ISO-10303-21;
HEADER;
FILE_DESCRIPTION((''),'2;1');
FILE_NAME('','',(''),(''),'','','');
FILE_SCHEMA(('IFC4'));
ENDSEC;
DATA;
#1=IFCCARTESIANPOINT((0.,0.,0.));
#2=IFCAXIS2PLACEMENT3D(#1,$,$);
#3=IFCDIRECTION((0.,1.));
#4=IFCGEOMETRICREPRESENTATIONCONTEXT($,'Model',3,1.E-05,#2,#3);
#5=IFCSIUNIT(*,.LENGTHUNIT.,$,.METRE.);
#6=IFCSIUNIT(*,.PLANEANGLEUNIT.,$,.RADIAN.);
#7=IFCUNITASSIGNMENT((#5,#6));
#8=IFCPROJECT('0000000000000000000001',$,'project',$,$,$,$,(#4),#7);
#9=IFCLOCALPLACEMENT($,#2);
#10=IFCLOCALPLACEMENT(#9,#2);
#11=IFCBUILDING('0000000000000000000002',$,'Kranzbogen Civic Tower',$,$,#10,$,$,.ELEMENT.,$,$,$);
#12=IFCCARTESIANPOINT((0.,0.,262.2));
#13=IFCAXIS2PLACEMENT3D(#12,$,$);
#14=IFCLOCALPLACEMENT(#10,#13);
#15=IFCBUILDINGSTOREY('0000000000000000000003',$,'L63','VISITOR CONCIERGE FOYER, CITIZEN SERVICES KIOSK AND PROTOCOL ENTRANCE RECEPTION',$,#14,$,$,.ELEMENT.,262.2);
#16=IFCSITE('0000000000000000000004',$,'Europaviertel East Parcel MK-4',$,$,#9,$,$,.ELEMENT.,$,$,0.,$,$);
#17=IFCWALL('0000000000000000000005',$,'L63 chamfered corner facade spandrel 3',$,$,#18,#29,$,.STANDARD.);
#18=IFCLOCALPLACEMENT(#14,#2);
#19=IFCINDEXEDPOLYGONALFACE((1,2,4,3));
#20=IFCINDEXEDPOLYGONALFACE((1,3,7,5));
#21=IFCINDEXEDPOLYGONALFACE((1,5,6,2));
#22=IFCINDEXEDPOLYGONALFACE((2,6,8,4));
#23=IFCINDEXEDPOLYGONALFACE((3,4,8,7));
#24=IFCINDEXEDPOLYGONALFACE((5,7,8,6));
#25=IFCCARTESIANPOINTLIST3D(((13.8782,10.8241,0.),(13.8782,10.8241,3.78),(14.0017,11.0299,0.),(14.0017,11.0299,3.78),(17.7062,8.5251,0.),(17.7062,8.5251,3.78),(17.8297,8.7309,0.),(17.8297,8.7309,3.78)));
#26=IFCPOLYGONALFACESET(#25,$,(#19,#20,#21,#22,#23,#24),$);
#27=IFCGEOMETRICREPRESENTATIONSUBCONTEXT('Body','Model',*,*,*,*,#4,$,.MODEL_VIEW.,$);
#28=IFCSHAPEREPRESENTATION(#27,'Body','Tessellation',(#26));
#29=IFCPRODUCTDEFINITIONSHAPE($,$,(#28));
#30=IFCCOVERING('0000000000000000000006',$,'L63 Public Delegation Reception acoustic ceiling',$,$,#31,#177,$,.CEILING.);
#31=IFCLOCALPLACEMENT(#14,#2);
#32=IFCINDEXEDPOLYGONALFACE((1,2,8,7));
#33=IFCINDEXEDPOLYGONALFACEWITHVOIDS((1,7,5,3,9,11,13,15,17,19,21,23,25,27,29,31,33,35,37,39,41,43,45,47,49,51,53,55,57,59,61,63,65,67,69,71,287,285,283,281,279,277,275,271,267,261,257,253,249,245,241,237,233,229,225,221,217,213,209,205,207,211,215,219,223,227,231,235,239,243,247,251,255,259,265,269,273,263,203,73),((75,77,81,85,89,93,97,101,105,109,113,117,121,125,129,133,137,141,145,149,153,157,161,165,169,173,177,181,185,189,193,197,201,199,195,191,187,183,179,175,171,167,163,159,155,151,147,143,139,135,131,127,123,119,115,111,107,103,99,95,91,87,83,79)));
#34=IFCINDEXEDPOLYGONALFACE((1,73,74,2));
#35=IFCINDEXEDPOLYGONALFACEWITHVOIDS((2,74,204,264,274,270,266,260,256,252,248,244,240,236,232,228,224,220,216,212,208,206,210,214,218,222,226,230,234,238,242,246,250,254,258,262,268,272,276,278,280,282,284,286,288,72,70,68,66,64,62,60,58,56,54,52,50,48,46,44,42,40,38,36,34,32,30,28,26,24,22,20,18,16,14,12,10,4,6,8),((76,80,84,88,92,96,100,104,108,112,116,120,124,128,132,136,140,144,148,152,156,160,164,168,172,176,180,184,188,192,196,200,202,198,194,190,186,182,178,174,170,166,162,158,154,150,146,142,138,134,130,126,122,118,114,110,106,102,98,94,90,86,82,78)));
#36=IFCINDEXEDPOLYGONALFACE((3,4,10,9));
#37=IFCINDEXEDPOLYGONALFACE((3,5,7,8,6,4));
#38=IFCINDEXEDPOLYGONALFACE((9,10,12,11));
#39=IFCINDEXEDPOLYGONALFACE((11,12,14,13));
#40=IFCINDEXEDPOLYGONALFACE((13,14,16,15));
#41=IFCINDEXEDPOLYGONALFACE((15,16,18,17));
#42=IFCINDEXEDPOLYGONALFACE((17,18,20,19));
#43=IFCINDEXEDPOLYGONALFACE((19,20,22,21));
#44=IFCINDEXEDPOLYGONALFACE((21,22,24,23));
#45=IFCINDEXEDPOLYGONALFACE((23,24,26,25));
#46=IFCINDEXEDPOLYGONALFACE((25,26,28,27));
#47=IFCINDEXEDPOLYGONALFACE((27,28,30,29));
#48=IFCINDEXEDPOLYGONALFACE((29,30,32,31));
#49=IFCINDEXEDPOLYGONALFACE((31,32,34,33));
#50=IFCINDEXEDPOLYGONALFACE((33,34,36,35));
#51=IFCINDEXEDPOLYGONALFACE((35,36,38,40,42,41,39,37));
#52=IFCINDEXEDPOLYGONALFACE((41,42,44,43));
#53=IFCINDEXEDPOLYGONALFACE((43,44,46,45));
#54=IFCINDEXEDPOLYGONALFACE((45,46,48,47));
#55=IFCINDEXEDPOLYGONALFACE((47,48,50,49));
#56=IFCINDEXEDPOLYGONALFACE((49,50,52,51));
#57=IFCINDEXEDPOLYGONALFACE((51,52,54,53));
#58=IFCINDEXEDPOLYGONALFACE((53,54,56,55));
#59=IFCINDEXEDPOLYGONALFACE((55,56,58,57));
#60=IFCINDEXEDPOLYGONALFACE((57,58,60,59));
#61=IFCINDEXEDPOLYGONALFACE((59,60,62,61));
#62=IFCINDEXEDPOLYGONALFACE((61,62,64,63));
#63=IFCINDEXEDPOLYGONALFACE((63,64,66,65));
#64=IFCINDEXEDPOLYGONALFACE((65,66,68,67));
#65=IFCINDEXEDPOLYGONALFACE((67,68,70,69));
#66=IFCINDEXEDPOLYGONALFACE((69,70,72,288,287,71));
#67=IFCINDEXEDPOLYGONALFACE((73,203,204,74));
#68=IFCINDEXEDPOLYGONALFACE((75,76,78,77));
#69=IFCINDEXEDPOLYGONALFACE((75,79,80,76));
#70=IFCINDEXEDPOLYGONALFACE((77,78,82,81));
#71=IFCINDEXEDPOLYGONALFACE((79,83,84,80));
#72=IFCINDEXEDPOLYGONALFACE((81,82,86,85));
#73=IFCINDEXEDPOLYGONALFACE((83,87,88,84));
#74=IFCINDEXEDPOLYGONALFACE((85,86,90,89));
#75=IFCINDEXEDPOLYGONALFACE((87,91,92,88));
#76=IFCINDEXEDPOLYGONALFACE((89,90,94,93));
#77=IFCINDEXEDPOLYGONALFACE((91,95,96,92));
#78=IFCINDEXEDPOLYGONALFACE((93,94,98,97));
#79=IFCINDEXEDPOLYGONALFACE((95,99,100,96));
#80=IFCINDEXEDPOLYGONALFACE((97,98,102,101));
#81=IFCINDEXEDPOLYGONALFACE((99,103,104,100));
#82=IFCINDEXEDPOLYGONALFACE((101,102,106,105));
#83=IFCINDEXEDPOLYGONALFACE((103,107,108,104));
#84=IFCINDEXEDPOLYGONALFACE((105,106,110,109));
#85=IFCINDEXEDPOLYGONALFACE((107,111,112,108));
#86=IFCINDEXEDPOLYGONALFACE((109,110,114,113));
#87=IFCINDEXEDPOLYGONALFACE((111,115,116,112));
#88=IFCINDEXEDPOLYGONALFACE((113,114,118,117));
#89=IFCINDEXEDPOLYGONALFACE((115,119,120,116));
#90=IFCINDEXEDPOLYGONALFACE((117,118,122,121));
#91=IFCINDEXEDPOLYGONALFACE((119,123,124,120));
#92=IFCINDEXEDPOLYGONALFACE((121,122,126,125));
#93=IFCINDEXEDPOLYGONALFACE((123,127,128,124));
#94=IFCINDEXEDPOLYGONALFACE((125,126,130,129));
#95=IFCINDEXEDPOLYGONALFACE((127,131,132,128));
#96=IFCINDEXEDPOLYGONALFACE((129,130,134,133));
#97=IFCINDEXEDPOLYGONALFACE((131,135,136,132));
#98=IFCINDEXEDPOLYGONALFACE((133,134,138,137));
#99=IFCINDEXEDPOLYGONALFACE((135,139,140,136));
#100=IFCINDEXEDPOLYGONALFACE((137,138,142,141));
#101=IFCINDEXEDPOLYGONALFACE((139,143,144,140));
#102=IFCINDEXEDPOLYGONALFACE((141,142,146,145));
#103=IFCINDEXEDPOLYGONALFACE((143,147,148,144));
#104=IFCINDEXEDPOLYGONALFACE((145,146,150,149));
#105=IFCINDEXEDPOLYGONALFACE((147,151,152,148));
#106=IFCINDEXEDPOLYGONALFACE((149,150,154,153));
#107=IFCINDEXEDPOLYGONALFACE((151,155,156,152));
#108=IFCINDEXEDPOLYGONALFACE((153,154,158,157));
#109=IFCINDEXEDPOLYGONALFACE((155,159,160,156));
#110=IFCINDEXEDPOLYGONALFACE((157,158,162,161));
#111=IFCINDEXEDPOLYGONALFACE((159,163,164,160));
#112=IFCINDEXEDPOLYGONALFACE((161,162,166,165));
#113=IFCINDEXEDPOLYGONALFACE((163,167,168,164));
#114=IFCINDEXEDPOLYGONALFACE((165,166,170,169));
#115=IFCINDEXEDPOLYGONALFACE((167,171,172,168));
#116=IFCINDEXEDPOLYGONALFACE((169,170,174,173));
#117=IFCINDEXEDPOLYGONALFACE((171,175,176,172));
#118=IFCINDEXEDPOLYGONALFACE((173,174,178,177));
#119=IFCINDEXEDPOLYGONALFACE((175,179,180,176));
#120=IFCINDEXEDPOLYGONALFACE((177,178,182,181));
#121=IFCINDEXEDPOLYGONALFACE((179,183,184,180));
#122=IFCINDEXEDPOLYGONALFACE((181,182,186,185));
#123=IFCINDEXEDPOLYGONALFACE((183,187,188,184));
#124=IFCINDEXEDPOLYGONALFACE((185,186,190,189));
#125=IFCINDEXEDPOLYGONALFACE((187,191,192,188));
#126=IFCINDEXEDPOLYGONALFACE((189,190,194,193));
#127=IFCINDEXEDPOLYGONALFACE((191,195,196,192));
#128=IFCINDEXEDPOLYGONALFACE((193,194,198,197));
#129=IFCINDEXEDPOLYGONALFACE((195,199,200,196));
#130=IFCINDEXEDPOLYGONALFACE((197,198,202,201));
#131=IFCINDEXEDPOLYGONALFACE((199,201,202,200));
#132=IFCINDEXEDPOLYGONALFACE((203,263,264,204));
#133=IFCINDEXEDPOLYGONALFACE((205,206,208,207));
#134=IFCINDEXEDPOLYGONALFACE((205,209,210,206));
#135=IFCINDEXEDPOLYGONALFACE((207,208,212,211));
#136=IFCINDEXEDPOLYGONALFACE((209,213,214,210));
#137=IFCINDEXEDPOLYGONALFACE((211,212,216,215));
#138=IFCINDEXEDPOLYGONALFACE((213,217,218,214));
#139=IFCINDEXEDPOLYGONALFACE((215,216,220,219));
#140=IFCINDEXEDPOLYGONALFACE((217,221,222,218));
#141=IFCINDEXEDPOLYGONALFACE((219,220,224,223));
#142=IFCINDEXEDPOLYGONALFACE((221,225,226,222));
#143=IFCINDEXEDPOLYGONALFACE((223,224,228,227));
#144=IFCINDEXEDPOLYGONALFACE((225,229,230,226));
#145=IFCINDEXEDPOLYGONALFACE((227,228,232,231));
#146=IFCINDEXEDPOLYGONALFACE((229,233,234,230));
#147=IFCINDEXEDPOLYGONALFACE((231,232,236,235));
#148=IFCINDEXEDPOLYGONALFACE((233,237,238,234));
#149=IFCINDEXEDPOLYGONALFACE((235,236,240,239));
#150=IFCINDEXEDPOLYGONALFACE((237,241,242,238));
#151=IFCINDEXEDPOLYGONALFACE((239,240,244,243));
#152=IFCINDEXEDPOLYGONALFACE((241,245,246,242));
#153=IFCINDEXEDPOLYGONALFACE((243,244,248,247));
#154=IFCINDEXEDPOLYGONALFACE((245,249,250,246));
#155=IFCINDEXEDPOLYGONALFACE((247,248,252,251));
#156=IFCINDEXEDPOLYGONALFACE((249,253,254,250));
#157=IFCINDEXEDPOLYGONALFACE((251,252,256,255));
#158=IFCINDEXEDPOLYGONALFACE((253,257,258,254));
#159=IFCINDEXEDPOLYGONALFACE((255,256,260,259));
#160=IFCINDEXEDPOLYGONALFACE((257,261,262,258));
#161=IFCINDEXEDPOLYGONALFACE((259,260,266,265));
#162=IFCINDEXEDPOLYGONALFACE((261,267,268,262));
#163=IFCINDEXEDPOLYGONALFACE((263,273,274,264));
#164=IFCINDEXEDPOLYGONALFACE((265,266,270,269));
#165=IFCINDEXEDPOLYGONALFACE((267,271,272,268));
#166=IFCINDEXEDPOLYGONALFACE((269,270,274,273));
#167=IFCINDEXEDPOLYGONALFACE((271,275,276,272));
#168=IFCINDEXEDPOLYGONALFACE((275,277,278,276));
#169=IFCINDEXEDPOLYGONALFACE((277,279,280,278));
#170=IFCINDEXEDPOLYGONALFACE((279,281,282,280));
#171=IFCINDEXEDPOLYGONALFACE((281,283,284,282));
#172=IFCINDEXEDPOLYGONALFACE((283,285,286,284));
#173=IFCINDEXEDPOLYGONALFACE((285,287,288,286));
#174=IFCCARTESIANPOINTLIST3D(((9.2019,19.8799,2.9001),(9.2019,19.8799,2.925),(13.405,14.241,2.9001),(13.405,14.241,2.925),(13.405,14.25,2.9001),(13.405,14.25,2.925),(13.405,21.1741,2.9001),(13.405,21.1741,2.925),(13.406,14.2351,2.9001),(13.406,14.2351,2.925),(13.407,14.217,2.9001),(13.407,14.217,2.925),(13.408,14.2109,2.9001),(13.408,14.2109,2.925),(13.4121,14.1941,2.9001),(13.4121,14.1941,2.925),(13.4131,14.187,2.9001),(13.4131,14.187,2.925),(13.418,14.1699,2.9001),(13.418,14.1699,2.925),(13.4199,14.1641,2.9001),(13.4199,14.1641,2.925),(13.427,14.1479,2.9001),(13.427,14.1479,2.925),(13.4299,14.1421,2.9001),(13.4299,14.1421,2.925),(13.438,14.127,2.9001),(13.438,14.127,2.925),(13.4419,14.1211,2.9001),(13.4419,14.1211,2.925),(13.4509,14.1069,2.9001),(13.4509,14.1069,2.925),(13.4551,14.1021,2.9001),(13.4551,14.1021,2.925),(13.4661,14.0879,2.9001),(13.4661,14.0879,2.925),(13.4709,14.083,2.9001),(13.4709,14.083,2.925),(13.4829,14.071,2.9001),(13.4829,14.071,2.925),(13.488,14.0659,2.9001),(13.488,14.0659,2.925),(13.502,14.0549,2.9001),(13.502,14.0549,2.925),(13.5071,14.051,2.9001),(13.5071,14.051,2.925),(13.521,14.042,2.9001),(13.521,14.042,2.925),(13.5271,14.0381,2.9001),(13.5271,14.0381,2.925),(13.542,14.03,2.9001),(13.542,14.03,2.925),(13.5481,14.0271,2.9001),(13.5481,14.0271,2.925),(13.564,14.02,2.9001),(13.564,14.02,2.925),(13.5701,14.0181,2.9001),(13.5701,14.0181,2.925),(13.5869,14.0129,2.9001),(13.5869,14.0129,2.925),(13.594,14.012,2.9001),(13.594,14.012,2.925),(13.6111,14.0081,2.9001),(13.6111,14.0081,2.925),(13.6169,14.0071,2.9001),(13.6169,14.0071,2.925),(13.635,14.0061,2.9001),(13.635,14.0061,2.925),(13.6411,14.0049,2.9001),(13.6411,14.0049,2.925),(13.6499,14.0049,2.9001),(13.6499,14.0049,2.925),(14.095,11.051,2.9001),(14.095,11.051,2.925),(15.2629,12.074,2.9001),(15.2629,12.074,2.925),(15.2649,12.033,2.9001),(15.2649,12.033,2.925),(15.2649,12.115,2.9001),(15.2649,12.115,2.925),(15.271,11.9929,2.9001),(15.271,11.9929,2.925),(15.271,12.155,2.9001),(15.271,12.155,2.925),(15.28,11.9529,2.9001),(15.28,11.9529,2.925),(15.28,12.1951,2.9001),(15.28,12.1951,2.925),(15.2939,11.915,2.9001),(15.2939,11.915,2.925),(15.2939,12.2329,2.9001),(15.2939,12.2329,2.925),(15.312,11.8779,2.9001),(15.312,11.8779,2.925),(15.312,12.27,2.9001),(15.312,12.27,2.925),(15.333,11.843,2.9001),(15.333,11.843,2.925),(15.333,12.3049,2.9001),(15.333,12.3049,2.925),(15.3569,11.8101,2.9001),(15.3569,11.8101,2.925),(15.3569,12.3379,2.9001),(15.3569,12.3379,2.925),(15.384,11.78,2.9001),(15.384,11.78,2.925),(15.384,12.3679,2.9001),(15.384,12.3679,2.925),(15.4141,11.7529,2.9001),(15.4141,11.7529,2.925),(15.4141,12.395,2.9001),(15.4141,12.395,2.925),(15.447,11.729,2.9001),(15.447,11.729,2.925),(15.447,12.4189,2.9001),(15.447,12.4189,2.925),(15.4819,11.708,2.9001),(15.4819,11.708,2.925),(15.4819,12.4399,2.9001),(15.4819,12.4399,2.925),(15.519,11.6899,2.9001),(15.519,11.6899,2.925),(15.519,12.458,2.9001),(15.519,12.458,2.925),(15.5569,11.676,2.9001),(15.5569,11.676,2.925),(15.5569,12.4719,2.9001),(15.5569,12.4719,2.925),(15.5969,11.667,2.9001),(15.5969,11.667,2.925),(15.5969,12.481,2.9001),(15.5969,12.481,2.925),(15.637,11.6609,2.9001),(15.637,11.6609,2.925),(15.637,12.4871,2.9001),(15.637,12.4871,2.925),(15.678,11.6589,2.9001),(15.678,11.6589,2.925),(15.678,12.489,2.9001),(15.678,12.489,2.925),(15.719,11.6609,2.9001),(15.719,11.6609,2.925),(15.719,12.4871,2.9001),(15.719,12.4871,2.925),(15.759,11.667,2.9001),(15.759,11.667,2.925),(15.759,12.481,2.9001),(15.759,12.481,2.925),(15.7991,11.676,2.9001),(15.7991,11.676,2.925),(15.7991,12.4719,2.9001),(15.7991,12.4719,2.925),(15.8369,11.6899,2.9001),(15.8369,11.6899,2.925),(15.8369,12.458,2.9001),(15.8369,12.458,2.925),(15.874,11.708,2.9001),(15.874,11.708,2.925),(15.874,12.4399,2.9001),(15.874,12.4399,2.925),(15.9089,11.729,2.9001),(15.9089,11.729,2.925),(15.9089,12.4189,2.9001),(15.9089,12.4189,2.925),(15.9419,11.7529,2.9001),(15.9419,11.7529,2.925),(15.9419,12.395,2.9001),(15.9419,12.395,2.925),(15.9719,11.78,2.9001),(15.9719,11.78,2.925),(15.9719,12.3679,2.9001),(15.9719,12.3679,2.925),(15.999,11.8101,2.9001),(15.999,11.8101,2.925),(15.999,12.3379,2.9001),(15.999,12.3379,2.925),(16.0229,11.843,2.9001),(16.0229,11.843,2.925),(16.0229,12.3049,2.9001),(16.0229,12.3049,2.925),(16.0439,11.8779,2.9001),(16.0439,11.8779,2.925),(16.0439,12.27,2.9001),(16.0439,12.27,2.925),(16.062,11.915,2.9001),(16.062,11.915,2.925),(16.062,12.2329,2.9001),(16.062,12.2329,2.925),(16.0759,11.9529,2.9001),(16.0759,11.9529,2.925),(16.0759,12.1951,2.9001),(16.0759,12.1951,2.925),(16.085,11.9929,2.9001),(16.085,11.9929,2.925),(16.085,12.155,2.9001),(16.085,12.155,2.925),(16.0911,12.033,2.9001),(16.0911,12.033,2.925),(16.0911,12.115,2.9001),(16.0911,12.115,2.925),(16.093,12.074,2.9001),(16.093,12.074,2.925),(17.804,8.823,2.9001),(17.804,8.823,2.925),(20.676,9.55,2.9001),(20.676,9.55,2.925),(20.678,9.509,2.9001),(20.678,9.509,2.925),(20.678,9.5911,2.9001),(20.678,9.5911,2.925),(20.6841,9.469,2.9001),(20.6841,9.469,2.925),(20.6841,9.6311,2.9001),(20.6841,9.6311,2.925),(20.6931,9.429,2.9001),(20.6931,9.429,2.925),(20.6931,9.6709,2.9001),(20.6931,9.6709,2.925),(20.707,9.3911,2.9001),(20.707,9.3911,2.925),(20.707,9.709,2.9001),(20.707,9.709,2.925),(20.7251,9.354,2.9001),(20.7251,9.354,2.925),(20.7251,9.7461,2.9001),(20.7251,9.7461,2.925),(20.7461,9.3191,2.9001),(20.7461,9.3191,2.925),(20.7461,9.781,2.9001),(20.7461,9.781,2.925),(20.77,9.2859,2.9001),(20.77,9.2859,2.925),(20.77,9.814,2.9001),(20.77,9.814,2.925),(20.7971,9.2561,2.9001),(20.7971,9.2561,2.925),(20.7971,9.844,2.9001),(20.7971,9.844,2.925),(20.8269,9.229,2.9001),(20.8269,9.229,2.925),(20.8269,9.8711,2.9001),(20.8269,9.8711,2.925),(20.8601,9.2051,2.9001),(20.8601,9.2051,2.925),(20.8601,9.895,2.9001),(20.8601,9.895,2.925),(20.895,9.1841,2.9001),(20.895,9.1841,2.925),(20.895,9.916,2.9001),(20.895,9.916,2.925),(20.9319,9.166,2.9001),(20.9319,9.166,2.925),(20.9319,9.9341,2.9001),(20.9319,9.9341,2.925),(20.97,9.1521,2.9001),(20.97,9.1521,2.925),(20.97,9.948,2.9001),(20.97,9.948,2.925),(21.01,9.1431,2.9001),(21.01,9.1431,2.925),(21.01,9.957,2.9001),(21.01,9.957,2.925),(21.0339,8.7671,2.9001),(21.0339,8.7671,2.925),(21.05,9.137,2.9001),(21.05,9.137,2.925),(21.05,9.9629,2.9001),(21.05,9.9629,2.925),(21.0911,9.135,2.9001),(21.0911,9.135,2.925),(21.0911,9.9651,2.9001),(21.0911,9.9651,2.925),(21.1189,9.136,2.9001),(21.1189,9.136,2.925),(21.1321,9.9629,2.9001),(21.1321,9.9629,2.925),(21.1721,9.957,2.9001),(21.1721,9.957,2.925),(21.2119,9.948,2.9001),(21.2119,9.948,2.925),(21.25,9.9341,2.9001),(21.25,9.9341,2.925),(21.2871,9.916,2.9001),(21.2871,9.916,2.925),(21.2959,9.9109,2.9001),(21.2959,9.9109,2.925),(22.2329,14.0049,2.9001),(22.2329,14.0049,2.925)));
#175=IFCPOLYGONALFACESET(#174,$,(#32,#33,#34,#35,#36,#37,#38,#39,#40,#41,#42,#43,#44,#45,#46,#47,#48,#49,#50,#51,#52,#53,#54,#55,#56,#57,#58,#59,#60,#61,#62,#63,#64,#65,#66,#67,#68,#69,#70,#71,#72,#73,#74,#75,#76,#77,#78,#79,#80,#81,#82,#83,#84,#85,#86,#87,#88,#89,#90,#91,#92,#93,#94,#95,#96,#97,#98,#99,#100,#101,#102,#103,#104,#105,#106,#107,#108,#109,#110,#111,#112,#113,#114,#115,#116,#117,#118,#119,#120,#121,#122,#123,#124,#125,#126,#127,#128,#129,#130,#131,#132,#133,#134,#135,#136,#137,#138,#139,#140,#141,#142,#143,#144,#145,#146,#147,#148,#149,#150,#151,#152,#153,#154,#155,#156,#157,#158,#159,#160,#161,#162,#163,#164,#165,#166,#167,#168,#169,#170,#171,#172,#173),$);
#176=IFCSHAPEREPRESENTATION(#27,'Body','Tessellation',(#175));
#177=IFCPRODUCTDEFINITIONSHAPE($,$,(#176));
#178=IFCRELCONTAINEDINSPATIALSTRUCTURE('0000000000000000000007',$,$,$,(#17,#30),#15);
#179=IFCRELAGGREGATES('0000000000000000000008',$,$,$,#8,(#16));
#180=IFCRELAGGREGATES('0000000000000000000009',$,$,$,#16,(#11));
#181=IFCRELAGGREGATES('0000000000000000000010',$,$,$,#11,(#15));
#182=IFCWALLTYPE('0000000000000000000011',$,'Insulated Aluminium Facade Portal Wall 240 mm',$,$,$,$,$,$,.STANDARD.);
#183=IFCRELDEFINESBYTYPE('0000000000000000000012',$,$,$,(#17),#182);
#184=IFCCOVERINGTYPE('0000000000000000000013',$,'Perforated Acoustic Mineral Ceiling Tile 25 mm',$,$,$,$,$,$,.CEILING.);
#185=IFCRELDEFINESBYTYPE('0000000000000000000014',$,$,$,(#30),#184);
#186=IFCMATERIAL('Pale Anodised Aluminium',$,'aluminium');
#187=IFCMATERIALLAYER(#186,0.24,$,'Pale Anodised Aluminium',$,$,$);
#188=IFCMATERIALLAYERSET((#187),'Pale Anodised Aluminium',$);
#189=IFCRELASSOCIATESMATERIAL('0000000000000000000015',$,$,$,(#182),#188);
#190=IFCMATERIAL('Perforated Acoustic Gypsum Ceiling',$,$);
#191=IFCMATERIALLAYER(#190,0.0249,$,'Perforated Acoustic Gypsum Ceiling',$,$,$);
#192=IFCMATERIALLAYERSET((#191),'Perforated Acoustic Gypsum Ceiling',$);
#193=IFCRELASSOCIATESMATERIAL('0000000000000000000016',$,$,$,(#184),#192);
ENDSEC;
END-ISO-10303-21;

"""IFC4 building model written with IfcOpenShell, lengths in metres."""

from ifc_helpers import new_model, si_unit, direction, frame, frame_2d, origin, place, context, subcontext, project, spatial, polyline, rectangle, outline, extrude, material, layer, layer_set, type_object, element, save


model = new_model("IFC4")

# Units and contexts
model_context = context("Model", 3, precision=1e-05, world=origin(), true_north=direction((0.0, 1.0)))
body_context = subcontext(model_context, "Body", "Model", "MODEL_VIEW")
ifc_project = project(units=[si_unit("LENGTHUNIT", "METRE"), si_unit("PLANEANGLEUNIT", "RADIAN")], contexts=[model_context])

# Site, building, storey
site_placement = place(None, origin())
site = spatial("IfcSite", under=ifc_project, at=site_placement, Name="Europaviertel East Parcel MK-4", CompositionType="ELEMENT", RefElevation=0.0)
building_placement = place(site_placement, origin())
building = spatial("IfcBuilding", under=site, at=building_placement, Name="Kranzbogen Civic Tower", CompositionType="ELEMENT")
storey_placement = place(building_placement, frame((0.0, 0.0, 262.2)))
storey = spatial("IfcBuildingStorey", under=building, at=storey_placement, Name="L63", Description="VISITOR CONCIERGE FOYER, CITIZEN SERVICES KIOSK AND PROTOCOL ENTRANCE RECEPTION", CompositionType="ELEMENT", Elevation=262.2)

# Shared definitions
ifc_material_1 = material(Name="Pale Anodised Aluminium", Category="aluminium")

# Shared definitions
ifc_layer_1 = layer(ifc_material_1, 0.24, Name="Pale Anodised Aluminium")
ifc_layer_set_1 = layer_set([ifc_layer_1], Name="Pale Anodised Aluminium")
wall_type_1 = type_object("IfcWallType", Name="Insulated Aluminium Facade Portal Wall 240 mm", PredefinedType="STANDARD", material=ifc_layer_set_1)

# Wall
wall_1_placement = place(storey_placement, frame((13.9399, 10.927, 0.0), z_axis=(0.0, 0.0, 1.0), x_axis=(0.857276, -0.514858, 0.0)))
element("IfcWall", 1, at=wall_1_placement, inside=storey, type_object=wall_type_1, Name="L63 chamfered corner facade spandrel 3", PredefinedType="STANDARD", context=body_context, shape_type="SweptSolid", body=[
    extrude(rectangle(XDim=4.4653, YDim=0.24, at=frame_2d((2.2327, 0.0))), origin(), (0.0, 0.0, 1.0), 3.78),
])

# Covering
ifc_material_2 = material(Name="Perforated Acoustic Gypsum Ceiling")
ifc_layer_2 = layer(ifc_material_2, 0.0249, Name="Perforated Acoustic Gypsum Ceiling")
ifc_layer_set_2 = layer_set([ifc_layer_2], Name="Perforated Acoustic Gypsum Ceiling")
covering_type = type_object("IfcCoveringType", Name="Perforated Acoustic Mineral Ceiling Tile 25 mm", PredefinedType="CEILING", material=ifc_layer_set_2)
covering_1_placement = place(storey_placement, frame((0.0, 0.0, 2.9001)))
element("IfcCovering", 2, at=covering_1_placement, inside=storey, type_object=covering_type, Name="L63 Public Delegation Reception acoustic ceiling", PredefinedType="CEILING", context=body_context, shape_type="SweptSolid", body=[
    extrude(outline(polyline([(14.095, 11.051), (9.2019, 19.8799), (13.405, 21.1741), (13.405, 14.25), (13.405, 14.241), (13.406, 14.2351), (13.407, 14.217), (13.408, 14.2109), (13.4121, 14.1941), (13.4131, 14.187), (13.418, 14.1699), (13.4199, 14.1641), (13.427, 14.1479), (13.4299, 14.1421), (13.438, 14.127), (13.4419, 14.1211), (13.4509, 14.1069), (13.4551, 14.1021), (13.4661, 14.0879), (13.4709, 14.083), (13.4829, 14.071), (13.488, 14.0659), (13.502, 14.0549), (13.5071, 14.051), (13.521, 14.042), (13.5271, 14.0381), (13.542, 14.03), (13.5481, 14.0271), (13.564, 14.02), (13.5701, 14.0181), (13.5869, 14.0129), (13.594, 14.012), (13.6111, 14.0081), (13.6169, 14.0071), (13.635, 14.0061), (13.6411, 14.0049), (13.6499, 14.0049), (22.2329, 14.0049), (21.2959, 9.9109), (21.2871, 9.916), (21.25, 9.9341), (21.2119, 9.948), (21.1721, 9.957), (21.1321, 9.9629), (21.0911, 9.9651), (21.05, 9.9629), (21.01, 9.957), (20.97, 9.948), (20.9319, 9.9341), (20.895, 9.916), (20.8601, 9.895), (20.8269, 9.8711), (20.7971, 9.844), (20.77, 9.814), (20.7461, 9.781), (20.7251, 9.7461), (20.707, 9.709), (20.6931, 9.6709), (20.6841, 9.6311), (20.678, 9.5911), (20.676, 9.55), (20.678, 9.509), (20.6841, 9.469), (20.6931, 9.429), (20.707, 9.3911), (20.7251, 9.354), (20.7461, 9.3191), (20.77, 9.2859), (20.7971, 9.2561), (20.8269, 9.229), (20.8601, 9.2051), (20.895, 9.1841), (20.9319, 9.166), (20.97, 9.1521), (21.01, 9.1431), (21.05, 9.137), (21.0911, 9.135), (21.1189, 9.136), (21.0339, 8.7671), (17.804, 8.823), (14.095, 11.051)]), holes=[polyline([(16.062, 11.915), (16.0439, 11.8779), (16.0229, 11.843), (15.999, 11.8101), (15.9719, 11.78), (15.9419, 11.7529), (15.9089, 11.729), (15.874, 11.708), (15.8369, 11.6899), (15.7991, 11.676), (15.759, 11.667), (15.719, 11.6609), (15.678, 11.6589), (15.637, 11.6609), (15.5969, 11.667), (15.5569, 11.676), (15.519, 11.6899), (15.4819, 11.708), (15.447, 11.729), (15.4141, 11.7529), (15.384, 11.78), (15.3569, 11.8101), (15.333, 11.843), (15.312, 11.8779), (15.2939, 11.915), (15.28, 11.9529), (15.271, 11.9929), (15.2649, 12.033), (15.2629, 12.074), (15.2649, 12.115), (15.271, 12.155), (15.28, 12.1951), (15.2939, 12.2329), (15.312, 12.27), (15.333, 12.3049), (15.3569, 12.3379), (15.384, 12.3679), (15.4141, 12.395), (15.447, 12.4189), (15.4819, 12.4399), (15.519, 12.458), (15.5569, 12.4719), (15.5969, 12.481), (15.637, 12.4871), (15.678, 12.489), (15.719, 12.4871), (15.759, 12.481), (15.7991, 12.4719), (15.8369, 12.458), (15.874, 12.4399), (15.9089, 12.4189), (15.9419, 12.395), (15.9719, 12.3679), (15.999, 12.3379), (16.0229, 12.3049), (16.0439, 12.27), (16.062, 12.2329), (16.0759, 12.1951), (16.085, 12.155), (16.0911, 12.115), (16.093, 12.074), (16.0911, 12.033), (16.085, 11.9929), (16.0759, 11.9529), (16.062, 11.915)])]), origin(), (0.0, 0.0, 1.0), 0.0249),
])

save(model, "model.ifc")
